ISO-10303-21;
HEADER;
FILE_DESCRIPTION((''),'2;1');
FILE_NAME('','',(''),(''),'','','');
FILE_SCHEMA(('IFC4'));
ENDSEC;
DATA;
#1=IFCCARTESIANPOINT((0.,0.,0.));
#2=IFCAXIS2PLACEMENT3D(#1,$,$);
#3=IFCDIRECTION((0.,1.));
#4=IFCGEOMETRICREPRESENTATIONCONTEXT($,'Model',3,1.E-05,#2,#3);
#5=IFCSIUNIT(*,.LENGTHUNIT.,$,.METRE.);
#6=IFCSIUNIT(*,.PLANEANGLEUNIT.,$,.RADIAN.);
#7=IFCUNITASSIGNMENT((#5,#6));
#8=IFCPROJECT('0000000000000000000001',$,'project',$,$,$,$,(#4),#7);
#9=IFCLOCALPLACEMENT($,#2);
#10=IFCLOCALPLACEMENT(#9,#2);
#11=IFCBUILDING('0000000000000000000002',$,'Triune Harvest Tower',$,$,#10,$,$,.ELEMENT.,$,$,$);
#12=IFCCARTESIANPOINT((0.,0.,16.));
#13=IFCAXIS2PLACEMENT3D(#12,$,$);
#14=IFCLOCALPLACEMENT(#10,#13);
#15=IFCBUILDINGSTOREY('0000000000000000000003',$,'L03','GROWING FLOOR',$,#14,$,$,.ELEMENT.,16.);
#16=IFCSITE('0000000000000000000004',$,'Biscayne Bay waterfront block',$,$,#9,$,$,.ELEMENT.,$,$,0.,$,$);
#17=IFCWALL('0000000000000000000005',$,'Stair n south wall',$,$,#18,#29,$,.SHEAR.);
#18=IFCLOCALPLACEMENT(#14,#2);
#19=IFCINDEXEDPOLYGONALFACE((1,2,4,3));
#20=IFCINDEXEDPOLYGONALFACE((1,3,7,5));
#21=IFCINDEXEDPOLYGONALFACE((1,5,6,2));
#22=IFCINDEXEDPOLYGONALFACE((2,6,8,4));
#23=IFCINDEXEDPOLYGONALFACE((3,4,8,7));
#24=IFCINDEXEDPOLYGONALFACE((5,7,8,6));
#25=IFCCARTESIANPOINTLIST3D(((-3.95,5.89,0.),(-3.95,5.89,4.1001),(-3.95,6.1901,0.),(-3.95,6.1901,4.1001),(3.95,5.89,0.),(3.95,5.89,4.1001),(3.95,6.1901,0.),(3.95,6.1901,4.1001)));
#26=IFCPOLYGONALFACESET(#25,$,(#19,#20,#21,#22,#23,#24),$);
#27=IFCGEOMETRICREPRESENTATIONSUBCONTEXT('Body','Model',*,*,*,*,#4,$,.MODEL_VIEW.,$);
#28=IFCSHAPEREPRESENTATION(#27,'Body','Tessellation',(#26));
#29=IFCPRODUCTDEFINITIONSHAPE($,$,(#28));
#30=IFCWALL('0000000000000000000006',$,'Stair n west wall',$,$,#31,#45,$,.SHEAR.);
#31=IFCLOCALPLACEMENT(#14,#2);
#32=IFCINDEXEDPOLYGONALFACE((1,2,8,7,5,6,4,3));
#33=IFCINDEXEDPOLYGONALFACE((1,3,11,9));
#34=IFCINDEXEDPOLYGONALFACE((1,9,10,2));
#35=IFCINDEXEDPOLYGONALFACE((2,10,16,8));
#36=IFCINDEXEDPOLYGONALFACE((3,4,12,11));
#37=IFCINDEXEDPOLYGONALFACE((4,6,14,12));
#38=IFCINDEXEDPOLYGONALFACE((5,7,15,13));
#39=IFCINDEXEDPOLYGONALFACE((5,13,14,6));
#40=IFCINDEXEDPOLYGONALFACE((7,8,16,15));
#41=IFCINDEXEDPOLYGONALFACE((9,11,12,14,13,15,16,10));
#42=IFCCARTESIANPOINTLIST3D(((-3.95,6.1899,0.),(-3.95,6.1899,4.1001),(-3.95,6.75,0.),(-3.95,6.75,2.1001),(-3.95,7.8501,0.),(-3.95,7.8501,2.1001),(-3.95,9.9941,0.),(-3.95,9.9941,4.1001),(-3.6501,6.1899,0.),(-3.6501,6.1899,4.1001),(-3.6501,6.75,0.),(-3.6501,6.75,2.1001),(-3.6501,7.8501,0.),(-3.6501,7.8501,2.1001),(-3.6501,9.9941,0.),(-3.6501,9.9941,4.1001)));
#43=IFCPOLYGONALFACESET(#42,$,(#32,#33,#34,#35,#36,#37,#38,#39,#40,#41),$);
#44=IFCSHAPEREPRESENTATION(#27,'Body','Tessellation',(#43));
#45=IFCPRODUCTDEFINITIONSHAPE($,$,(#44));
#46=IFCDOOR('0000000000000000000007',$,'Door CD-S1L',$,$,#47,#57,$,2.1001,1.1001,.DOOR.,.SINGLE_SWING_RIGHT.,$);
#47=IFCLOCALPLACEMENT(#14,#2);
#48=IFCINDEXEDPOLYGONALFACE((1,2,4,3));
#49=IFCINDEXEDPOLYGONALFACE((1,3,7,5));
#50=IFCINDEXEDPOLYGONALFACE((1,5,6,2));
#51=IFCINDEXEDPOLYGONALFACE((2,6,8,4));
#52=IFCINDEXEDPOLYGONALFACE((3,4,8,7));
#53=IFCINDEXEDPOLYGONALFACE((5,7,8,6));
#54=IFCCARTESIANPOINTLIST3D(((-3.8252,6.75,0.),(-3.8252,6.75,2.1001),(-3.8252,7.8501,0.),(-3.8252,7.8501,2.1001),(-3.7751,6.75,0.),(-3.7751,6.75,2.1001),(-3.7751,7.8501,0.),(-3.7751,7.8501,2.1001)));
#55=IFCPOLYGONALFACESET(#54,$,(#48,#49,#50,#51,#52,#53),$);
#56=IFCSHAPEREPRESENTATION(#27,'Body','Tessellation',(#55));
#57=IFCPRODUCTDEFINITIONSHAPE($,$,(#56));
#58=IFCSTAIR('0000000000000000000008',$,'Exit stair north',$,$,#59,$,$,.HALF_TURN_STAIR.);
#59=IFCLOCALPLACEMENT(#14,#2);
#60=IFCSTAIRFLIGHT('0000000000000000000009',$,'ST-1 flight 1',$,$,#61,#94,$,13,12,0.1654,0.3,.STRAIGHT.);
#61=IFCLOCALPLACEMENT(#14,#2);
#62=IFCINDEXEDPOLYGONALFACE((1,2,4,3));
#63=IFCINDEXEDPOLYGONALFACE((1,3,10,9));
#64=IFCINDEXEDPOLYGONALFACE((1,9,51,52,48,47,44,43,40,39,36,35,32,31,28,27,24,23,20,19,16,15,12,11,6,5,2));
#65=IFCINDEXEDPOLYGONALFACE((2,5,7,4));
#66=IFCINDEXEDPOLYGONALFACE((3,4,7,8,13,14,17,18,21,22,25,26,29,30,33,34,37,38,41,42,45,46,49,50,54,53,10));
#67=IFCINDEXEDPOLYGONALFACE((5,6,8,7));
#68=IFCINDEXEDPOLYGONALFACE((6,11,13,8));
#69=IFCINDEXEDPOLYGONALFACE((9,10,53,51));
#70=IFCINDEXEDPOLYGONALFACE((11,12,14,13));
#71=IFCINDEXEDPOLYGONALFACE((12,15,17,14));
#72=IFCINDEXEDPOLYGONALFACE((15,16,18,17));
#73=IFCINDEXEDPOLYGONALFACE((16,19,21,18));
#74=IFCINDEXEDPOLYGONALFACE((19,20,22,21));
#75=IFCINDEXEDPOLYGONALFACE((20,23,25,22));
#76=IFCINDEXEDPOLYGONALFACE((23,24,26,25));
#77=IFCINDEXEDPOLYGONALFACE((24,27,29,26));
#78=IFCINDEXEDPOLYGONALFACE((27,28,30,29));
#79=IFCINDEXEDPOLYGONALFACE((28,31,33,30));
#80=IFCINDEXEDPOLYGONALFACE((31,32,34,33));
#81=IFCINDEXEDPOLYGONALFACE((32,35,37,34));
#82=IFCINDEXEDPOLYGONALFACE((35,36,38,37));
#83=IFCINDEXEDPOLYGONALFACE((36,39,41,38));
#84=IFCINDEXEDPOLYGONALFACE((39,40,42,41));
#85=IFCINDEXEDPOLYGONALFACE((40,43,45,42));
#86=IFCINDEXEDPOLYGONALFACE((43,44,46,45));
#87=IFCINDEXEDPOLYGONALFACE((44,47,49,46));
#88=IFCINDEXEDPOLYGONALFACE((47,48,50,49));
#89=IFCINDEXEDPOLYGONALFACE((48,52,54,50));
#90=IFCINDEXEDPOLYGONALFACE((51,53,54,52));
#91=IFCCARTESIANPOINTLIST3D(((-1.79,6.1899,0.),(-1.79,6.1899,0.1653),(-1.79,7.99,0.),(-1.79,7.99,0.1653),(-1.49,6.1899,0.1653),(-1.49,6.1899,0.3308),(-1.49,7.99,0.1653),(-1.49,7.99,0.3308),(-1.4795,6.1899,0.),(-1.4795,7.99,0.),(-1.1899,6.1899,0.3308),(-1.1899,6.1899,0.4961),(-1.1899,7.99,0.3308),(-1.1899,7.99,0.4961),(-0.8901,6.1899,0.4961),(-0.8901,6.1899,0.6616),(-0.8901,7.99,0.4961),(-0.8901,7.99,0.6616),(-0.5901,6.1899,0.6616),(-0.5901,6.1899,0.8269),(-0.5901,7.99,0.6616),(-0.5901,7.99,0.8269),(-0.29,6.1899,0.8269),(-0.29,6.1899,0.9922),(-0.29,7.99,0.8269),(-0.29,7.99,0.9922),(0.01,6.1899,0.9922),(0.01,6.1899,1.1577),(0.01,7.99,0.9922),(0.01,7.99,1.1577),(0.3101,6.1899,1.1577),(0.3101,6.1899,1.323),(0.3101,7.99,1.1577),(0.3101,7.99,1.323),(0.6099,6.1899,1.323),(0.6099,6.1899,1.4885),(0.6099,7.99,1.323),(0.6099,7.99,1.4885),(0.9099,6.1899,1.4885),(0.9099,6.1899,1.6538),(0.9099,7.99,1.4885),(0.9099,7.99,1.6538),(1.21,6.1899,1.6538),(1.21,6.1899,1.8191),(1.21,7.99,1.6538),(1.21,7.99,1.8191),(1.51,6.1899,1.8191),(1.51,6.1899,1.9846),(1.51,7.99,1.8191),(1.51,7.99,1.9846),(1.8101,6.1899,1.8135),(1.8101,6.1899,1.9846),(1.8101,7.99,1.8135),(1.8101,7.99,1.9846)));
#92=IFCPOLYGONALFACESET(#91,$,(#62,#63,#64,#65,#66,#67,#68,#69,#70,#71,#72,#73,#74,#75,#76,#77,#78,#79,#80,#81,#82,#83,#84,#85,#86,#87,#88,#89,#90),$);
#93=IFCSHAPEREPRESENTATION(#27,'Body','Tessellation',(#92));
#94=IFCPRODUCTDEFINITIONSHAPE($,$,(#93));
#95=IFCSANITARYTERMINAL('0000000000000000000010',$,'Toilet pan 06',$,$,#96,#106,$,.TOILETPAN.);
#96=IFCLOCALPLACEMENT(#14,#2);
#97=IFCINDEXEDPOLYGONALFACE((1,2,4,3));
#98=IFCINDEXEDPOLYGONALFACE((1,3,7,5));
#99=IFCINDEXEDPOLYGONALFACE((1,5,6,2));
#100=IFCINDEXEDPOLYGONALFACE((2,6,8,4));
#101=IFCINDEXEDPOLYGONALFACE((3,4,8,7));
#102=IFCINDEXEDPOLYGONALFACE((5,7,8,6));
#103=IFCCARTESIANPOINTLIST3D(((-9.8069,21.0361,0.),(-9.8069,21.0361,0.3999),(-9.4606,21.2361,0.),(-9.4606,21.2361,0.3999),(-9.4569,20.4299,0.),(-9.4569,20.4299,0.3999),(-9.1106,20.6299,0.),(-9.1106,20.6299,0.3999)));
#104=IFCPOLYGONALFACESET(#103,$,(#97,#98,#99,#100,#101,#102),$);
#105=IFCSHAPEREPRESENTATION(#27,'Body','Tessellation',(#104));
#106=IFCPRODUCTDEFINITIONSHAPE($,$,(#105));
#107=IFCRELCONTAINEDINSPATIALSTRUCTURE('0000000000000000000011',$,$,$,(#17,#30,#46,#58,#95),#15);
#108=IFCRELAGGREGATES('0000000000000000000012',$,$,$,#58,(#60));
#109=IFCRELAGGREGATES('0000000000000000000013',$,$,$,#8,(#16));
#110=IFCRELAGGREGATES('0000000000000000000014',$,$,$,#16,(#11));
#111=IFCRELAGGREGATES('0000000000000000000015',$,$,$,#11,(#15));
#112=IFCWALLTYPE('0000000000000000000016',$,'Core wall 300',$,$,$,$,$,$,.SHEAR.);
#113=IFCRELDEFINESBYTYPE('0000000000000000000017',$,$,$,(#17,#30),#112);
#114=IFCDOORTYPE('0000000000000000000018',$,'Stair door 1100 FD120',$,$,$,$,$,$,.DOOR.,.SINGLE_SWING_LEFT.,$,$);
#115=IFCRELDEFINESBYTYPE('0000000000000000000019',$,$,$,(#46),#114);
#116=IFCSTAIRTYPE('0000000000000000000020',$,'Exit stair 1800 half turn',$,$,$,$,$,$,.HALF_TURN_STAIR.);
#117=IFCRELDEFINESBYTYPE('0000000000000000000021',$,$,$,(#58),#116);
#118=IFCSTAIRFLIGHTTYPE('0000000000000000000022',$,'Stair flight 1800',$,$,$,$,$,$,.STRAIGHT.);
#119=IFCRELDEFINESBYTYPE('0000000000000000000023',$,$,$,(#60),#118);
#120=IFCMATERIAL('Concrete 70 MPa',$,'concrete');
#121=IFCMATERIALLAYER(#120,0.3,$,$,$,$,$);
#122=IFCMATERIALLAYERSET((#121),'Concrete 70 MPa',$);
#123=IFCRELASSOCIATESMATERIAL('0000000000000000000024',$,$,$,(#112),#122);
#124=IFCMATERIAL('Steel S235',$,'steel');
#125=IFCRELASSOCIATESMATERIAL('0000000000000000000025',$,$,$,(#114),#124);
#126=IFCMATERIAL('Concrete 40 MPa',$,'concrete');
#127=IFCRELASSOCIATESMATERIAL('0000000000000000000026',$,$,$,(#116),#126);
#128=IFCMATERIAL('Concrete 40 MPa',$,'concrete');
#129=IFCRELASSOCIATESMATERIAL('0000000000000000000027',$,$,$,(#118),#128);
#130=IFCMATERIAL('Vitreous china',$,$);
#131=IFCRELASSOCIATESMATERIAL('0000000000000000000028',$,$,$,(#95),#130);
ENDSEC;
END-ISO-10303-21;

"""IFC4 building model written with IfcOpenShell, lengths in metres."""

from ifc_helpers import new_model, si_unit, direction, frame, frame_2d, origin, origin_2d, place, context, subcontext, project, spatial, polyline, rectangle, outline, extrude, source, transform, mapped, material, layer, layer_set, type_object, element, fill, aggregate, save


model = new_model("IFC4")

# Units and contexts
model_context = context("Model", 3, precision=1e-05, world=origin(), true_north=direction((0.0, 1.0)))
body_context = subcontext(model_context, "Body", "Model", "MODEL_VIEW")
ifc_project = project(units=[si_unit("LENGTHUNIT", "METRE"), si_unit("PLANEANGLEUNIT", "RADIAN")], contexts=[model_context])

# Site, building, storey
site_placement = place(None, origin())
site = spatial("IfcSite", under=ifc_project, at=site_placement, Name="Biscayne Bay waterfront block", CompositionType="ELEMENT", RefElevation=0.0)
building_placement = place(site_placement, origin())
building = spatial("IfcBuilding", under=site, at=building_placement, Name="Triune Harvest Tower", CompositionType="ELEMENT")
storey_placement = place(building_placement, frame((0.0, 0.0, 16.0)))
storey = spatial("IfcBuildingStorey", under=building, at=storey_placement, Name="L03", Description="GROWING FLOOR", CompositionType="ELEMENT", Elevation=16.0)

# Wall
ifc_material_1 = material(Name="Concrete 70 MPa", Category="concrete")
ifc_layer_1 = layer(ifc_material_1, 0.3)
ifc_layer_set_1 = layer_set([ifc_layer_1], Name="Concrete 70 MPa")
wall_type_1 = type_object("IfcWallType", Name="Core wall 300", PredefinedType="SHEAR", material=ifc_layer_set_1)
shared_shape_1 = source(origin(), body_context, "Body", "SweptSolid", [
    extrude(rectangle(XDim=7.8999, YDim=0.3, at=frame_2d((3.95, 0.0))), origin(), (0.0, 0.0, 1.0), 4.1001),
])
wall_1_placement = place(storey_placement, frame((-3.95, 6.04, 0.0), z_axis=(0.0, 0.0, 1.0), x_axis=(1.0, 0.0, 0.0)))
element("IfcWall", 1, at=wall_1_placement, inside=storey, type_object=wall_type_1, Name="Stair n south wall", PredefinedType="SHEAR", context=body_context, shape_type="MappedRepresentation", body=[
    mapped(shared_shape_1, transform((0.0, 0.0, 0.0), scale=1.0)),
])

# Wall, opening, door
shared_shape_2 = source(origin(), body_context, "Body", "SweptSolid", [
    extrude(outline(polyline([(0.0, -0.1499), (0.0, 0.1499), (3.8042, 0.1499), (3.8042, -0.1499), (0.0, -0.1499)])), origin(), (0.0, 0.0, 1.0), 4.1001),
])
wall_2_placement = place(storey_placement, frame((-3.8, 6.1899, 0.0), z_axis=(0.0, 0.0, 1.0), x_axis=(0.0, 1.0, 0.0)))
wall_2 = element("IfcWall", 2, at=wall_2_placement, inside=storey, type_object=wall_type_1, Name="Stair n west wall", PredefinedType="SHEAR", context=body_context, shape_type="MappedRepresentation", body=[
    mapped(shared_shape_2, transform((0.0, 0.0, 0.0), scale=1.0)),
])
opening_1_placement = place(wall_2_placement, frame((0.5601, 0.0, 0.0)))
opening_1 = element("IfcOpeningElement", 3, at=opening_1_placement, cuts=wall_2, PredefinedType="OPENING", context=body_context, shape_type="SweptSolid", body=[
    extrude(rectangle(XDim=1.1001, YDim=2.1001, at=frame_2d((0.55, 1.05))), frame((0.0, 0.1602, 0.0), z_axis=(0.0, -1.0, 0.0), x_axis=(1.0, 0.0, 0.0)), (0.0, 0.0, 1.0), 0.3201),
])
ifc_material_2 = material(Name="Steel S235", Category="steel")
door_type_1 = type_object("IfcDoorType", Name="Stair door 1100 FD120", OperationType="SINGLE_SWING_LEFT", PredefinedType="DOOR", material=ifc_material_2)
door_1_placement = place(opening_1_placement, frame((1.1001, 0.0, 0.0), z_axis=(0.0, 0.0, 1.0), x_axis=(-1.0, 0.0, 0.0)))
door_1 = element("IfcDoor", 4, at=door_1_placement, inside=storey, type_object=door_type_1, Name="Door CD-S1L", OperationType="SINGLE_SWING_RIGHT", OverallHeight=2.1001, OverallWidth=1.1001, PredefinedType="DOOR", context=body_context, shape_type="SweptSolid", body=[
    extrude(rectangle(XDim=1.1001, YDim=2.1001, at=frame_2d((0.55, 1.05))), frame((0.0, 0.0249, 0.0), z_axis=(0.0, -1.0, 0.0), x_axis=(1.0, 0.0, 0.0)), (0.0, 0.0, 1.0), 0.05),
])
fill(opening_1, door_1)

# Stair, stair flight
ifc_material_3 = material(Name="Concrete 40 MPa", Category="concrete")
stair_type = type_object("IfcStairType", Name="Exit stair 1800 half turn", PredefinedType="HALF_TURN_STAIR", material=ifc_material_3)
stair_placement = place(storey_placement, origin())
stair = element("IfcStair", 5, at=stair_placement, inside=storey, type_object=stair_type, Name="Exit stair north", PredefinedType="HALF_TURN_STAIR")
ifc_material_4 = material(Name="Concrete 40 MPa", Category="concrete")
stair_flight_type = type_object("IfcStairFlightType", Name="Stair flight 1800", PredefinedType="STRAIGHT", material=ifc_material_4)
shared_shape_3 = source(origin(), body_context, "Body", "SweptSolid", [
    extrude(outline(polyline([(0.0, 0.0), (0.0, 0.1653), (0.3, 0.1653), (0.3, 0.3308), (0.6001, 0.3308), (0.6001, 0.4961), (0.8999, 0.4961), (0.8999, 0.6616), (1.2, 0.6616), (1.2, 0.8269), (1.5, 0.8269), (1.5, 0.9922), (1.8, 0.9922), (1.8, 1.1577), (2.1001, 1.1577), (2.1001, 1.323), (2.3999, 1.323), (2.3999, 1.4885), (2.7, 1.4885), (2.7, 1.6538), (3.0, 1.6538), (3.0, 1.8191), (3.3, 1.8191), (3.3, 1.9846), (3.6001, 1.9846), (3.6001, 2.1499), (3.6001, 1.8135), (0.3105, 0.0), (0.0, 0.0)])), frame((0.0, 0.8999, 0.0), z_axis=(0.0, -1.0, 0.0), x_axis=(1.0, 0.0, 0.0)), (0.0, 0.0, 1.0), 1.8),
])
stair_flight_placement = place(storey_placement, frame((-1.79, 7.0901, 0.0), z_axis=(0.0, 0.0, 1.0), x_axis=(1.0, 0.0, 0.0)))
stair_flight = element("IfcStairFlight", 6, at=stair_flight_placement, type_object=stair_flight_type, Name="ST-1 flight 1", NumberOfRisers=13, NumberOfTreads=12, PredefinedType="STRAIGHT", RiserHeight=0.1654, TreadLength=0.3, context=body_context, shape_type="MappedRepresentation", body=[
    mapped(shared_shape_3, transform((0.0, 0.0, 0.0), scale=1.0)),
])
aggregate(stair, [stair_flight])

# Sanitary terminal
ifc_material_5 = material(Name="Vitreous china")
shared_shape_4 = source(origin(), body_context, "Body", "SweptSolid", [
    extrude(rectangle(XDim=0.3999, YDim=0.7, at=origin_2d()), origin(), (0.0, 0.0, 1.0), 0.3999),
])
sanitary_terminal_placement = place(storey_placement, frame((-9.4587, 20.833, 0.0), z_axis=(0.0, 0.0, 1.0), x_axis=(0.866017, 0.500015, 0.0)))
element("IfcSanitaryTerminal", 7, at=sanitary_terminal_placement, inside=storey, material=ifc_material_5, Name="Toilet pan 06", PredefinedType="TOILETPAN", context=body_context, shape_type="MappedRepresentation", body=[
    mapped(shared_shape_4, transform((0.0, 0.0, 0.0), scale=1.0)),
])

save(model, "model.ifc")
